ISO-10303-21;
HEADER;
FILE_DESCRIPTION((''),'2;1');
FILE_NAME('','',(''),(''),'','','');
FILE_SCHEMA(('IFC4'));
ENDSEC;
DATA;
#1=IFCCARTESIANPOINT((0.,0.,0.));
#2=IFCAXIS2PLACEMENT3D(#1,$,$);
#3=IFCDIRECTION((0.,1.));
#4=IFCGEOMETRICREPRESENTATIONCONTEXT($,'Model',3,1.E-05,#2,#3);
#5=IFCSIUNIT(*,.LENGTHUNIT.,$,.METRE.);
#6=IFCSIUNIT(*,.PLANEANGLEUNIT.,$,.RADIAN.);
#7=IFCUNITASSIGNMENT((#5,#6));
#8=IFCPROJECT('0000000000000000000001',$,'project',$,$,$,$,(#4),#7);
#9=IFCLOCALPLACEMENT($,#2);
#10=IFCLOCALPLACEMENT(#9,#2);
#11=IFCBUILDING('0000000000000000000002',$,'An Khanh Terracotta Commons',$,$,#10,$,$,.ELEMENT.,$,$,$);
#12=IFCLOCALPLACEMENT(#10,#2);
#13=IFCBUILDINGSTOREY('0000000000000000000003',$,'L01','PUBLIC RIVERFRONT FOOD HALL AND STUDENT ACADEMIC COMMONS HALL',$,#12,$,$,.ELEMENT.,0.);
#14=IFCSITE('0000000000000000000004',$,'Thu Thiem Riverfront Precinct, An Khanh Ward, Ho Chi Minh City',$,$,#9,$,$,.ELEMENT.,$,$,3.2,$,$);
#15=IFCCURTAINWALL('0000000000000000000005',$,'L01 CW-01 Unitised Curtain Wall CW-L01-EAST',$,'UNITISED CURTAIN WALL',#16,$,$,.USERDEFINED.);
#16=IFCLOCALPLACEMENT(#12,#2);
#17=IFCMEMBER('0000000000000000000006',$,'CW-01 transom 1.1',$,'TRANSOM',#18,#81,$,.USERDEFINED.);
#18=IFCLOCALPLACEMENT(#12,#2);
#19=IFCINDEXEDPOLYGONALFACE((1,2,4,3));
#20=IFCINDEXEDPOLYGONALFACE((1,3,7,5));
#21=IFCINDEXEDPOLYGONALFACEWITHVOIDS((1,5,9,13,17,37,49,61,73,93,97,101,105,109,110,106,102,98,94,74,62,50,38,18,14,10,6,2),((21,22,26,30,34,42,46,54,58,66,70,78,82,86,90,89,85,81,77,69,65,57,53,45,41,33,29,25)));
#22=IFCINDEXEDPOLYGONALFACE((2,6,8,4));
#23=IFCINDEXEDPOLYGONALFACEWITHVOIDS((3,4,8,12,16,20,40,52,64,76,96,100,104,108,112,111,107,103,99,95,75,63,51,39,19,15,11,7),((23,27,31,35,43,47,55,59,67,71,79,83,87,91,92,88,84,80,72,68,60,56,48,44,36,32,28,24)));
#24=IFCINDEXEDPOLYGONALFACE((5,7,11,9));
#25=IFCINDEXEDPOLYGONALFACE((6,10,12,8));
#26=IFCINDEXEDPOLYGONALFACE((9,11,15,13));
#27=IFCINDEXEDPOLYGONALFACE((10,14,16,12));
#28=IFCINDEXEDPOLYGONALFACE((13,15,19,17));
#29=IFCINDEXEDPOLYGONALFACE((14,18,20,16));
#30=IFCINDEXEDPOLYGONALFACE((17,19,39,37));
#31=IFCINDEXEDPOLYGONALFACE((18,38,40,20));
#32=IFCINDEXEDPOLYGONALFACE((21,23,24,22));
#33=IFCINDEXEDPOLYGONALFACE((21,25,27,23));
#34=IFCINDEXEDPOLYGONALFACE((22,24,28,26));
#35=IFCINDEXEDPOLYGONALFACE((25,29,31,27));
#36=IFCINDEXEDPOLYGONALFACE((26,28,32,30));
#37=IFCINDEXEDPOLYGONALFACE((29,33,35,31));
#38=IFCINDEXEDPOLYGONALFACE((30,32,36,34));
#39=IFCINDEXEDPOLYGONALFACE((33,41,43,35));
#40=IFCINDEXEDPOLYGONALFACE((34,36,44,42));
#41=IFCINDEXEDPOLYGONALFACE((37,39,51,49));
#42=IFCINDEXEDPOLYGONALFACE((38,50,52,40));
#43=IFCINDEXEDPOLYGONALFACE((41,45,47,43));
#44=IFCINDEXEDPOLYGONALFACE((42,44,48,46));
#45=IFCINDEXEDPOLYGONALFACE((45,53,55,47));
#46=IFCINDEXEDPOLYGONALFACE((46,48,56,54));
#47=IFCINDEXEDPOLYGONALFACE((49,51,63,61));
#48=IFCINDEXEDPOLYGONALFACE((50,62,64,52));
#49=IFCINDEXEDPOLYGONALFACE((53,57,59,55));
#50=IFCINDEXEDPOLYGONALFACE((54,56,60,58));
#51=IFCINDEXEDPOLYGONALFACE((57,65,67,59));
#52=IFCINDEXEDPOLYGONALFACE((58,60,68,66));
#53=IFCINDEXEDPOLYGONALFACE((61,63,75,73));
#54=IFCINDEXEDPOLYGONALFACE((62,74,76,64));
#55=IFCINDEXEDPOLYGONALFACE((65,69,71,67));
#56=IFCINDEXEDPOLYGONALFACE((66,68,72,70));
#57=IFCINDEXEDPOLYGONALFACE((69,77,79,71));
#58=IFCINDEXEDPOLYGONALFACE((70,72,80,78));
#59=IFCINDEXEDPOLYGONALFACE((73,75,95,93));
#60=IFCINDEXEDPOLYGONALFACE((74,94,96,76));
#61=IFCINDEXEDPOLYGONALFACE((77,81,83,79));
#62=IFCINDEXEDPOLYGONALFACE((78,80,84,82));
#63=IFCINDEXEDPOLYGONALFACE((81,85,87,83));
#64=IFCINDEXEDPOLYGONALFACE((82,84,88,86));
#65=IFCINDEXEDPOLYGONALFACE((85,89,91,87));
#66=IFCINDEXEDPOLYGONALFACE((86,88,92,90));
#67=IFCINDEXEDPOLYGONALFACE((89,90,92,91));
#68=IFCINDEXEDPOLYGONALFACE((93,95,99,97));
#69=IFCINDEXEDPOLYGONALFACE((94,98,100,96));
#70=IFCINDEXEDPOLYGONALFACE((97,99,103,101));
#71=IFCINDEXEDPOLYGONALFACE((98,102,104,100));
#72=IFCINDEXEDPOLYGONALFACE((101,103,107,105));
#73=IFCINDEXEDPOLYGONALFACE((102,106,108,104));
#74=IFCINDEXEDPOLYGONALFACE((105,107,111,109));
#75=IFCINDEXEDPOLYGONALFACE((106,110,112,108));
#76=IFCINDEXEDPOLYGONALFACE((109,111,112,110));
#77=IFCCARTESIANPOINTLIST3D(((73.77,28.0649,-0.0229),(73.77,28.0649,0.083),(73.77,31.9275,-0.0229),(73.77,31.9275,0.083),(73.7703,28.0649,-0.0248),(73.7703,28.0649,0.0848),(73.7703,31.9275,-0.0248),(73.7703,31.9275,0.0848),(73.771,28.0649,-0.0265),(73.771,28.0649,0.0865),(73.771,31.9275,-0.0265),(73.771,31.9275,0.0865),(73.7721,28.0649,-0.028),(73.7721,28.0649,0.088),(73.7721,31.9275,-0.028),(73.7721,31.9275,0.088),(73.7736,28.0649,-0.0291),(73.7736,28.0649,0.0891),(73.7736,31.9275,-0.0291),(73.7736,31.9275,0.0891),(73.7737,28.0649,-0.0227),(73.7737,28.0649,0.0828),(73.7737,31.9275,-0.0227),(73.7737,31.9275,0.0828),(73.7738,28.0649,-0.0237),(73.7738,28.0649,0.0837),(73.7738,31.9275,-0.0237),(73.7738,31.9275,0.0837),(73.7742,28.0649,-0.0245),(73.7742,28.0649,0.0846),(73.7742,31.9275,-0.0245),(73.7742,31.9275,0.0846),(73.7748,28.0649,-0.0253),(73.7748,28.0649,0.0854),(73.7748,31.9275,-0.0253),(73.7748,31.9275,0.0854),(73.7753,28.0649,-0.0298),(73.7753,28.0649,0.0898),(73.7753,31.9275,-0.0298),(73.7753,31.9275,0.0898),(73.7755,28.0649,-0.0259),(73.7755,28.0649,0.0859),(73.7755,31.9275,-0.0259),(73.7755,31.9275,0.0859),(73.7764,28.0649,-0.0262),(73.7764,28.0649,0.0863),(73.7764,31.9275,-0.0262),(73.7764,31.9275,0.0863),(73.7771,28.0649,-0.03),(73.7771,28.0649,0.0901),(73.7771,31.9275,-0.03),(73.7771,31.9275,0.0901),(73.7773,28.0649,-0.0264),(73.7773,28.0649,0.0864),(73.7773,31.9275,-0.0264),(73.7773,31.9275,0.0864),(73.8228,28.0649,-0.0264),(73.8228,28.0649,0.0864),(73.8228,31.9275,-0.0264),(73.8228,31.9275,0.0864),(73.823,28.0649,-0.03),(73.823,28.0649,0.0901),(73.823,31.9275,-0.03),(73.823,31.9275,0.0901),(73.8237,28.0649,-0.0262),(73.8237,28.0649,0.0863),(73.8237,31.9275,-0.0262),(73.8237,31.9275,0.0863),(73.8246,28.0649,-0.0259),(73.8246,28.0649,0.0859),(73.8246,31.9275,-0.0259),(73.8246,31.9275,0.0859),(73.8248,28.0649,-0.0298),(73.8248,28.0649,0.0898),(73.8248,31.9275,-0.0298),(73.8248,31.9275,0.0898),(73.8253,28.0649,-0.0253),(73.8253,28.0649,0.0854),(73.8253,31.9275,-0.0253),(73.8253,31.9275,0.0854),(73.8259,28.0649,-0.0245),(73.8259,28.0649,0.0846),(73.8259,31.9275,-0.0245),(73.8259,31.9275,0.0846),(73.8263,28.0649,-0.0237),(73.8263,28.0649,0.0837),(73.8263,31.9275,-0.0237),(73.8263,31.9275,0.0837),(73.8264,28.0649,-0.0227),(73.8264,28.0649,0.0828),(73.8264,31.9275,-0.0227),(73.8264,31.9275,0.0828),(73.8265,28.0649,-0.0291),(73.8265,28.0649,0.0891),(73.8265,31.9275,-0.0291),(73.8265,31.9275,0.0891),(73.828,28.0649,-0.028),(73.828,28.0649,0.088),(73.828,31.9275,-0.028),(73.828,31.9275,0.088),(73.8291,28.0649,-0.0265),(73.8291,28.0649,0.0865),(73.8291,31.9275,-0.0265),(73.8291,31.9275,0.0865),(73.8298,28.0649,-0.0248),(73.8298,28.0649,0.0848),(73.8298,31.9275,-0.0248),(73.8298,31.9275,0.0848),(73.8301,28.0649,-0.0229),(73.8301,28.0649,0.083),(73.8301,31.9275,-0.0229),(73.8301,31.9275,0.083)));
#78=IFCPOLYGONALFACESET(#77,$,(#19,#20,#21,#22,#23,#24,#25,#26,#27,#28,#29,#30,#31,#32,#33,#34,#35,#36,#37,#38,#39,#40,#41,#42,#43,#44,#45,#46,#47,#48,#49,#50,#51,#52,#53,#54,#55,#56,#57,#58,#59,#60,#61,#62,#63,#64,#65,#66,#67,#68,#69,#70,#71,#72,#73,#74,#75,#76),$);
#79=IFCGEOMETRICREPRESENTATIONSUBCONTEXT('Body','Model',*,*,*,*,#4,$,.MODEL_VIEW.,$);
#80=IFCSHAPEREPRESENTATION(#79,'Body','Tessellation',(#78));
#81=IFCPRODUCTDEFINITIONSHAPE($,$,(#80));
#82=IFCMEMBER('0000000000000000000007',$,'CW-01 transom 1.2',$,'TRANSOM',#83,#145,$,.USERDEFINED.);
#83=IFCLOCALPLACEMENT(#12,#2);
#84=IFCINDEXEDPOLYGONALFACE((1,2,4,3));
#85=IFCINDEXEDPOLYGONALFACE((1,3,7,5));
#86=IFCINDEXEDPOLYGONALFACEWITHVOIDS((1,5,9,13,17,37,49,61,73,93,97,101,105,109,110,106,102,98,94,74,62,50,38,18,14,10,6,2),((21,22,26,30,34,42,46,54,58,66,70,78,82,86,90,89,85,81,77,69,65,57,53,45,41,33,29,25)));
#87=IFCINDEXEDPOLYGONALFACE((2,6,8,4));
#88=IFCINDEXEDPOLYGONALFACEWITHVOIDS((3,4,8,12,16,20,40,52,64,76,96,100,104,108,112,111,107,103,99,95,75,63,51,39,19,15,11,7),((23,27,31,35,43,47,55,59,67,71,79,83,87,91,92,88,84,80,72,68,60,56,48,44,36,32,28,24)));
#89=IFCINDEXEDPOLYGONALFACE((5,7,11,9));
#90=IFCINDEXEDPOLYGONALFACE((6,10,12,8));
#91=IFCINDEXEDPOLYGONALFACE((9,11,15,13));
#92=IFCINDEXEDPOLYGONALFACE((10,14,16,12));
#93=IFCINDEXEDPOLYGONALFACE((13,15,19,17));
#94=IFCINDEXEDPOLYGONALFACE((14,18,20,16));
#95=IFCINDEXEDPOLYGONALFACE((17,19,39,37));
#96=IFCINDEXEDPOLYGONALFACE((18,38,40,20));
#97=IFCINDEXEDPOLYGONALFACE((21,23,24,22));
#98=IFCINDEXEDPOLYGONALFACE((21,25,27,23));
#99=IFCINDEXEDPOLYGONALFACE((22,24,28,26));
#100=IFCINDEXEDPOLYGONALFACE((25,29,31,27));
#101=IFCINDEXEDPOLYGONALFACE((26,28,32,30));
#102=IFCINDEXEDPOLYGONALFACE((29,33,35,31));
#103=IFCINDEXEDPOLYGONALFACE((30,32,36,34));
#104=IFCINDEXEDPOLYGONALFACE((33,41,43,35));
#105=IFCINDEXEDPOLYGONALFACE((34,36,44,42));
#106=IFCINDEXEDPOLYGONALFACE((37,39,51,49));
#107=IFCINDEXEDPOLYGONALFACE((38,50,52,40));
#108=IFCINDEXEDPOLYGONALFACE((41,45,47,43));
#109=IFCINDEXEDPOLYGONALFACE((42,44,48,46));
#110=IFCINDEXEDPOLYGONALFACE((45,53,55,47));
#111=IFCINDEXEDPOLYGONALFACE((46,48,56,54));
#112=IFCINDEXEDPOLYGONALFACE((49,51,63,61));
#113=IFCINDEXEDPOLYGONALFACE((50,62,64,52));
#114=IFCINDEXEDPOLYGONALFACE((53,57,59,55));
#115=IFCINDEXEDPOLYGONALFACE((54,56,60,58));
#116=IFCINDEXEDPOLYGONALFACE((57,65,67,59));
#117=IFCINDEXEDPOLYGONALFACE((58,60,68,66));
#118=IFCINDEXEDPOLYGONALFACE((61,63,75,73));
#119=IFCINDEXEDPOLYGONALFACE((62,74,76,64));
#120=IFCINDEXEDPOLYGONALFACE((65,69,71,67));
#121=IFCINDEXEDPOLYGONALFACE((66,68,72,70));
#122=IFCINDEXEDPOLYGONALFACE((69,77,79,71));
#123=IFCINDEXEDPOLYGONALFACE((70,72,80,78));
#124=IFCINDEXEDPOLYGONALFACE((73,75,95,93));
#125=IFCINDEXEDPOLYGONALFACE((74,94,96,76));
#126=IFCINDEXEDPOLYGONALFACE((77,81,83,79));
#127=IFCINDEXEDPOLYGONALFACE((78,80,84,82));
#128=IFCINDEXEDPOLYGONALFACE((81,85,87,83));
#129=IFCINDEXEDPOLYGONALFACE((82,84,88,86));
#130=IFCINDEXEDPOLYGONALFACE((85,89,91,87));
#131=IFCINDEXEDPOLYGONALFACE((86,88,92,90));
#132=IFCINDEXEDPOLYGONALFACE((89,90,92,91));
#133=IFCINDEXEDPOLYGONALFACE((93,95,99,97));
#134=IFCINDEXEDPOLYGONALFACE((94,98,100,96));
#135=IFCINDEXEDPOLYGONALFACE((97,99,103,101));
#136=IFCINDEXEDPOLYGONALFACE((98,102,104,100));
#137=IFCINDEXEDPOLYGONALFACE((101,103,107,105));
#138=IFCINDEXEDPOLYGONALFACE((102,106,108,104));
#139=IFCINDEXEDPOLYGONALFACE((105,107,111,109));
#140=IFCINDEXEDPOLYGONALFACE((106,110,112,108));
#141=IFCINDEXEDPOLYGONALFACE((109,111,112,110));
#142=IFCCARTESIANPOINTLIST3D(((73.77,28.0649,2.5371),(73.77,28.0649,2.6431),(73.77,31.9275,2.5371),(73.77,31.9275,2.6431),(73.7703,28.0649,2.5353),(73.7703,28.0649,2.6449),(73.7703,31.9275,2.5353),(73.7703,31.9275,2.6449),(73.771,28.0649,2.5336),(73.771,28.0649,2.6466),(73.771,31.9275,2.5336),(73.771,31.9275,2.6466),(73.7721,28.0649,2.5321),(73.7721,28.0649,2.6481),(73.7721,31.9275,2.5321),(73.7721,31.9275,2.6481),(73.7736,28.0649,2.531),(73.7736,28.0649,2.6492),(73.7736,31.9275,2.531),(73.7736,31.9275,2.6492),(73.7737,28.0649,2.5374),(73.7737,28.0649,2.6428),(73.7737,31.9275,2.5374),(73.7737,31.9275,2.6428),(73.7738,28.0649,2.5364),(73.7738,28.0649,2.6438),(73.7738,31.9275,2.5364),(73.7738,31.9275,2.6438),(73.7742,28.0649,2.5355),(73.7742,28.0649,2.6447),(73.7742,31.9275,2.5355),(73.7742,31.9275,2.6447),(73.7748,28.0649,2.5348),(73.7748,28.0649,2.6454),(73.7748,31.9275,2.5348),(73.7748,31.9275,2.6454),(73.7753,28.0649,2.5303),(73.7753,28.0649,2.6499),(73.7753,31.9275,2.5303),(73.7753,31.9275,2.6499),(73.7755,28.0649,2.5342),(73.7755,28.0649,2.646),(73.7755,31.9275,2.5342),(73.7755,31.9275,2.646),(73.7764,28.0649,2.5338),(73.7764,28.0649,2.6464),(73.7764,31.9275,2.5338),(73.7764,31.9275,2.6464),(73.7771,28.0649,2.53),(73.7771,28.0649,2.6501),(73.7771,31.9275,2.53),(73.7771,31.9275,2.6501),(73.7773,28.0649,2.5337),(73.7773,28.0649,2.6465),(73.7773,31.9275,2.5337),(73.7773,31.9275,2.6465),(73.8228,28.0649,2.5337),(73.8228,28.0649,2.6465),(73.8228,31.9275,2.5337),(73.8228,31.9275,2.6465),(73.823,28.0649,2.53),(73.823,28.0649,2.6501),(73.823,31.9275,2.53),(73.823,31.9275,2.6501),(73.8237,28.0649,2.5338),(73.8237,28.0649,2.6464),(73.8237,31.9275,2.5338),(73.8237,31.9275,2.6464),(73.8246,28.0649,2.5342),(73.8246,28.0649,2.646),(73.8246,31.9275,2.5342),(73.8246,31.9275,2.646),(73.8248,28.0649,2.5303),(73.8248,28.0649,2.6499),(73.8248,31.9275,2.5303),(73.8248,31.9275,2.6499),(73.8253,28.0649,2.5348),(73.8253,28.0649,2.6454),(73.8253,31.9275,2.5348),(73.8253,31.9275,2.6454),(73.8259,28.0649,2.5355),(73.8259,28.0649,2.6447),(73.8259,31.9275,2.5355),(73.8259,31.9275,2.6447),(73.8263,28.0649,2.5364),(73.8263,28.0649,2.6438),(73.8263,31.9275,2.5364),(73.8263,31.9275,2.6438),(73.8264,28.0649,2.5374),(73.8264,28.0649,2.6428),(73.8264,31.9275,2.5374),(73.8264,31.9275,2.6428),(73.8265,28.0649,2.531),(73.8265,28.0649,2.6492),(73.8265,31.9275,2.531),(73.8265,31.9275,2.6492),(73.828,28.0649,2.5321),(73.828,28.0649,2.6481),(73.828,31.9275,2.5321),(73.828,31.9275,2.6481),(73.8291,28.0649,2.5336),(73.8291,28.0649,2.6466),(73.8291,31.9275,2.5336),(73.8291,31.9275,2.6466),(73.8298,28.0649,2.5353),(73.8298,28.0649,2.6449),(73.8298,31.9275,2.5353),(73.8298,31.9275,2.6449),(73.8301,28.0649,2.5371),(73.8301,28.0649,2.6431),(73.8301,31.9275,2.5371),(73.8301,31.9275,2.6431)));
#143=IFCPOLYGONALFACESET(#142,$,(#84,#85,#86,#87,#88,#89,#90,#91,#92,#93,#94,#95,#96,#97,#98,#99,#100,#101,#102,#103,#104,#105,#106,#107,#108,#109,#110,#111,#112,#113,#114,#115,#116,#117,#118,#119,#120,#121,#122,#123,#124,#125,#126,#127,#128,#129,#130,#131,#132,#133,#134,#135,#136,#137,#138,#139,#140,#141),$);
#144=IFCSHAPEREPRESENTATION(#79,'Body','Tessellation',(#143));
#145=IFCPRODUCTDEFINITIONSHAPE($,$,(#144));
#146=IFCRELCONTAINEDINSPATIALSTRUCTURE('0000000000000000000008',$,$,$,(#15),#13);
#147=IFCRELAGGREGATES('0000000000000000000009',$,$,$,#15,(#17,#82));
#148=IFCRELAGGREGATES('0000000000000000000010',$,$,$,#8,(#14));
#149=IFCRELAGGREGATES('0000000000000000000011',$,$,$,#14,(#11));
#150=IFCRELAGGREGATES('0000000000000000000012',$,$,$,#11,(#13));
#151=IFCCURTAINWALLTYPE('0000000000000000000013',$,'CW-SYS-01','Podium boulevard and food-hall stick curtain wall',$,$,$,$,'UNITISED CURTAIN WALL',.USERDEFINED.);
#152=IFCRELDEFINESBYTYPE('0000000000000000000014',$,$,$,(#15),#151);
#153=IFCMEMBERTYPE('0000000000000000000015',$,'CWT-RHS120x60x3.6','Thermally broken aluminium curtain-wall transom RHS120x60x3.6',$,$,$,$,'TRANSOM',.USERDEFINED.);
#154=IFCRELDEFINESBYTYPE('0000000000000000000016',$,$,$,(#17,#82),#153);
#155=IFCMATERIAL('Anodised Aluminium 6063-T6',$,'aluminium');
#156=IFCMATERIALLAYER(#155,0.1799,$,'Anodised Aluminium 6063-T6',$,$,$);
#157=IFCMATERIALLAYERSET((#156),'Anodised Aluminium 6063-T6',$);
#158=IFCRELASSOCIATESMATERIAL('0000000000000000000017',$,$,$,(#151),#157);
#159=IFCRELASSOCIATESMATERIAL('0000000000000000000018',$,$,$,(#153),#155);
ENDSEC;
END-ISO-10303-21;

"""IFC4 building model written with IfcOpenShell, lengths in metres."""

from ifc_helpers import new_model, si_unit, direction, frame, origin, origin_2d, place, context, subcontext, project, spatial, hollow_rectangle, extrude, material, layer, layer_set, material_profile, profile_set, type_object, element, aggregate, save


model = new_model("IFC4")

# Units and contexts
model_context = context("Model", 3, precision=1e-05, world=origin(), true_north=direction((0.0, 1.0)))
body_context = subcontext(model_context, "Body", "Model", "MODEL_VIEW")
ifc_project = project(units=[si_unit("LENGTHUNIT", "METRE"), si_unit("PLANEANGLEUNIT", "RADIAN")], contexts=[model_context])

# Site, building, storey
site_placement = place(None, origin())
site = spatial("IfcSite", under=ifc_project, at=site_placement, Name="Thu Thiem Riverfront Precinct, An Khanh Ward, Ho Chi Minh City", CompositionType="ELEMENT", RefElevation=3.2)
building_placement = place(site_placement, origin())
building = spatial("IfcBuilding", under=site, at=building_placement, Name="An Khanh Terracotta Commons", CompositionType="ELEMENT")
storey_placement = place(building_placement, origin())
storey = spatial("IfcBuildingStorey", under=building, at=storey_placement, Name="L01", Description="PUBLIC RIVERFRONT FOOD HALL AND STUDENT ACADEMIC COMMONS HALL", CompositionType="ELEMENT", Elevation=0.0)

# Curtain wall, members
ifc_material_1 = material(Name="Anodised Aluminium 6063-T6", Category="aluminium")
ifc_layer_1 = layer(ifc_material_1, 0.1799, Name="Anodised Aluminium 6063-T6")
ifc_layer_set_1 = layer_set([ifc_layer_1], Name="Anodised Aluminium 6063-T6")
curtain_wall_type = type_object("IfcCurtainWallType", Name="CW-SYS-01", Description="Podium boulevard and food-hall stick curtain wall", ElementType="UNITISED CURTAIN WALL", PredefinedType="USERDEFINED", material=ifc_layer_set_1)
curtain_wall_placement = place(storey_placement, origin())
curtain_wall = element("IfcCurtainWall", 1, at=curtain_wall_placement, inside=storey, type_object=curtain_wall_type, Name="L01 CW-01 Unitised Curtain Wall CW-L01-EAST", ObjectType="UNITISED CURTAIN WALL", PredefinedType="USERDEFINED")
ifc_material_profile_1 = material_profile(ifc_material_1, hollow_rectangle(XDim=0.0601, YDim=0.1201, WallThickness=0.0037, InnerFilletRadius=0.0037, OuterFilletRadius=0.0071, at=origin_2d()), Name="RHS120x60x3.6")
ifc_profile_set_1 = profile_set([ifc_material_profile_1], Name="Anodised Aluminium 6063-T6")
member_type_1 = type_object("IfcMemberType", Name="CWT-RHS120x60x3.6", Description="Thermally broken aluminium curtain-wall transom RHS120x60x3.6", ElementType="TRANSOM", PredefinedType="USERDEFINED", material=ifc_profile_set_1)
member_1_placement = place(storey_placement, frame((73.8, 28.0649, 0.03), z_axis=(0.0, 1.0, 0.0), x_axis=(-1.0, 0.0, 0.0)))
member_1 = element("IfcMember", 2, at=member_1_placement, type_object=member_type_1, Name="CW-01 transom 1.1", ObjectType="TRANSOM", PredefinedType="USERDEFINED", context=body_context, shape_type="SweptSolid", body=[
    extrude(hollow_rectangle(XDim=0.0601, YDim=0.1201, WallThickness=0.0037, InnerFilletRadius=0.0037, OuterFilletRadius=0.0071, at=origin_2d()), origin(), (0.0, 0.0, 1.0), 3.8625),
])
member_2_placement = place(storey_placement, frame((73.8, 28.0649, 2.5901), z_axis=(0.0, 1.0, 0.0), x_axis=(-1.0, 0.0, 0.0)))
member_2 = element("IfcMember", 3, at=member_2_placement, type_object=member_type_1, Name="CW-01 transom 1.2", ObjectType="TRANSOM", PredefinedType="USERDEFINED", context=body_context, shape_type="SweptSolid", body=[
    extrude(hollow_rectangle(XDim=0.0601, YDim=0.1201, WallThickness=0.0037, InnerFilletRadius=0.0037, OuterFilletRadius=0.0071, at=origin_2d()), origin(), (0.0, 0.0, 1.0), 3.8625),
])
aggregate(curtain_wall, [member_1, member_2])

save(model, "model.ifc")
